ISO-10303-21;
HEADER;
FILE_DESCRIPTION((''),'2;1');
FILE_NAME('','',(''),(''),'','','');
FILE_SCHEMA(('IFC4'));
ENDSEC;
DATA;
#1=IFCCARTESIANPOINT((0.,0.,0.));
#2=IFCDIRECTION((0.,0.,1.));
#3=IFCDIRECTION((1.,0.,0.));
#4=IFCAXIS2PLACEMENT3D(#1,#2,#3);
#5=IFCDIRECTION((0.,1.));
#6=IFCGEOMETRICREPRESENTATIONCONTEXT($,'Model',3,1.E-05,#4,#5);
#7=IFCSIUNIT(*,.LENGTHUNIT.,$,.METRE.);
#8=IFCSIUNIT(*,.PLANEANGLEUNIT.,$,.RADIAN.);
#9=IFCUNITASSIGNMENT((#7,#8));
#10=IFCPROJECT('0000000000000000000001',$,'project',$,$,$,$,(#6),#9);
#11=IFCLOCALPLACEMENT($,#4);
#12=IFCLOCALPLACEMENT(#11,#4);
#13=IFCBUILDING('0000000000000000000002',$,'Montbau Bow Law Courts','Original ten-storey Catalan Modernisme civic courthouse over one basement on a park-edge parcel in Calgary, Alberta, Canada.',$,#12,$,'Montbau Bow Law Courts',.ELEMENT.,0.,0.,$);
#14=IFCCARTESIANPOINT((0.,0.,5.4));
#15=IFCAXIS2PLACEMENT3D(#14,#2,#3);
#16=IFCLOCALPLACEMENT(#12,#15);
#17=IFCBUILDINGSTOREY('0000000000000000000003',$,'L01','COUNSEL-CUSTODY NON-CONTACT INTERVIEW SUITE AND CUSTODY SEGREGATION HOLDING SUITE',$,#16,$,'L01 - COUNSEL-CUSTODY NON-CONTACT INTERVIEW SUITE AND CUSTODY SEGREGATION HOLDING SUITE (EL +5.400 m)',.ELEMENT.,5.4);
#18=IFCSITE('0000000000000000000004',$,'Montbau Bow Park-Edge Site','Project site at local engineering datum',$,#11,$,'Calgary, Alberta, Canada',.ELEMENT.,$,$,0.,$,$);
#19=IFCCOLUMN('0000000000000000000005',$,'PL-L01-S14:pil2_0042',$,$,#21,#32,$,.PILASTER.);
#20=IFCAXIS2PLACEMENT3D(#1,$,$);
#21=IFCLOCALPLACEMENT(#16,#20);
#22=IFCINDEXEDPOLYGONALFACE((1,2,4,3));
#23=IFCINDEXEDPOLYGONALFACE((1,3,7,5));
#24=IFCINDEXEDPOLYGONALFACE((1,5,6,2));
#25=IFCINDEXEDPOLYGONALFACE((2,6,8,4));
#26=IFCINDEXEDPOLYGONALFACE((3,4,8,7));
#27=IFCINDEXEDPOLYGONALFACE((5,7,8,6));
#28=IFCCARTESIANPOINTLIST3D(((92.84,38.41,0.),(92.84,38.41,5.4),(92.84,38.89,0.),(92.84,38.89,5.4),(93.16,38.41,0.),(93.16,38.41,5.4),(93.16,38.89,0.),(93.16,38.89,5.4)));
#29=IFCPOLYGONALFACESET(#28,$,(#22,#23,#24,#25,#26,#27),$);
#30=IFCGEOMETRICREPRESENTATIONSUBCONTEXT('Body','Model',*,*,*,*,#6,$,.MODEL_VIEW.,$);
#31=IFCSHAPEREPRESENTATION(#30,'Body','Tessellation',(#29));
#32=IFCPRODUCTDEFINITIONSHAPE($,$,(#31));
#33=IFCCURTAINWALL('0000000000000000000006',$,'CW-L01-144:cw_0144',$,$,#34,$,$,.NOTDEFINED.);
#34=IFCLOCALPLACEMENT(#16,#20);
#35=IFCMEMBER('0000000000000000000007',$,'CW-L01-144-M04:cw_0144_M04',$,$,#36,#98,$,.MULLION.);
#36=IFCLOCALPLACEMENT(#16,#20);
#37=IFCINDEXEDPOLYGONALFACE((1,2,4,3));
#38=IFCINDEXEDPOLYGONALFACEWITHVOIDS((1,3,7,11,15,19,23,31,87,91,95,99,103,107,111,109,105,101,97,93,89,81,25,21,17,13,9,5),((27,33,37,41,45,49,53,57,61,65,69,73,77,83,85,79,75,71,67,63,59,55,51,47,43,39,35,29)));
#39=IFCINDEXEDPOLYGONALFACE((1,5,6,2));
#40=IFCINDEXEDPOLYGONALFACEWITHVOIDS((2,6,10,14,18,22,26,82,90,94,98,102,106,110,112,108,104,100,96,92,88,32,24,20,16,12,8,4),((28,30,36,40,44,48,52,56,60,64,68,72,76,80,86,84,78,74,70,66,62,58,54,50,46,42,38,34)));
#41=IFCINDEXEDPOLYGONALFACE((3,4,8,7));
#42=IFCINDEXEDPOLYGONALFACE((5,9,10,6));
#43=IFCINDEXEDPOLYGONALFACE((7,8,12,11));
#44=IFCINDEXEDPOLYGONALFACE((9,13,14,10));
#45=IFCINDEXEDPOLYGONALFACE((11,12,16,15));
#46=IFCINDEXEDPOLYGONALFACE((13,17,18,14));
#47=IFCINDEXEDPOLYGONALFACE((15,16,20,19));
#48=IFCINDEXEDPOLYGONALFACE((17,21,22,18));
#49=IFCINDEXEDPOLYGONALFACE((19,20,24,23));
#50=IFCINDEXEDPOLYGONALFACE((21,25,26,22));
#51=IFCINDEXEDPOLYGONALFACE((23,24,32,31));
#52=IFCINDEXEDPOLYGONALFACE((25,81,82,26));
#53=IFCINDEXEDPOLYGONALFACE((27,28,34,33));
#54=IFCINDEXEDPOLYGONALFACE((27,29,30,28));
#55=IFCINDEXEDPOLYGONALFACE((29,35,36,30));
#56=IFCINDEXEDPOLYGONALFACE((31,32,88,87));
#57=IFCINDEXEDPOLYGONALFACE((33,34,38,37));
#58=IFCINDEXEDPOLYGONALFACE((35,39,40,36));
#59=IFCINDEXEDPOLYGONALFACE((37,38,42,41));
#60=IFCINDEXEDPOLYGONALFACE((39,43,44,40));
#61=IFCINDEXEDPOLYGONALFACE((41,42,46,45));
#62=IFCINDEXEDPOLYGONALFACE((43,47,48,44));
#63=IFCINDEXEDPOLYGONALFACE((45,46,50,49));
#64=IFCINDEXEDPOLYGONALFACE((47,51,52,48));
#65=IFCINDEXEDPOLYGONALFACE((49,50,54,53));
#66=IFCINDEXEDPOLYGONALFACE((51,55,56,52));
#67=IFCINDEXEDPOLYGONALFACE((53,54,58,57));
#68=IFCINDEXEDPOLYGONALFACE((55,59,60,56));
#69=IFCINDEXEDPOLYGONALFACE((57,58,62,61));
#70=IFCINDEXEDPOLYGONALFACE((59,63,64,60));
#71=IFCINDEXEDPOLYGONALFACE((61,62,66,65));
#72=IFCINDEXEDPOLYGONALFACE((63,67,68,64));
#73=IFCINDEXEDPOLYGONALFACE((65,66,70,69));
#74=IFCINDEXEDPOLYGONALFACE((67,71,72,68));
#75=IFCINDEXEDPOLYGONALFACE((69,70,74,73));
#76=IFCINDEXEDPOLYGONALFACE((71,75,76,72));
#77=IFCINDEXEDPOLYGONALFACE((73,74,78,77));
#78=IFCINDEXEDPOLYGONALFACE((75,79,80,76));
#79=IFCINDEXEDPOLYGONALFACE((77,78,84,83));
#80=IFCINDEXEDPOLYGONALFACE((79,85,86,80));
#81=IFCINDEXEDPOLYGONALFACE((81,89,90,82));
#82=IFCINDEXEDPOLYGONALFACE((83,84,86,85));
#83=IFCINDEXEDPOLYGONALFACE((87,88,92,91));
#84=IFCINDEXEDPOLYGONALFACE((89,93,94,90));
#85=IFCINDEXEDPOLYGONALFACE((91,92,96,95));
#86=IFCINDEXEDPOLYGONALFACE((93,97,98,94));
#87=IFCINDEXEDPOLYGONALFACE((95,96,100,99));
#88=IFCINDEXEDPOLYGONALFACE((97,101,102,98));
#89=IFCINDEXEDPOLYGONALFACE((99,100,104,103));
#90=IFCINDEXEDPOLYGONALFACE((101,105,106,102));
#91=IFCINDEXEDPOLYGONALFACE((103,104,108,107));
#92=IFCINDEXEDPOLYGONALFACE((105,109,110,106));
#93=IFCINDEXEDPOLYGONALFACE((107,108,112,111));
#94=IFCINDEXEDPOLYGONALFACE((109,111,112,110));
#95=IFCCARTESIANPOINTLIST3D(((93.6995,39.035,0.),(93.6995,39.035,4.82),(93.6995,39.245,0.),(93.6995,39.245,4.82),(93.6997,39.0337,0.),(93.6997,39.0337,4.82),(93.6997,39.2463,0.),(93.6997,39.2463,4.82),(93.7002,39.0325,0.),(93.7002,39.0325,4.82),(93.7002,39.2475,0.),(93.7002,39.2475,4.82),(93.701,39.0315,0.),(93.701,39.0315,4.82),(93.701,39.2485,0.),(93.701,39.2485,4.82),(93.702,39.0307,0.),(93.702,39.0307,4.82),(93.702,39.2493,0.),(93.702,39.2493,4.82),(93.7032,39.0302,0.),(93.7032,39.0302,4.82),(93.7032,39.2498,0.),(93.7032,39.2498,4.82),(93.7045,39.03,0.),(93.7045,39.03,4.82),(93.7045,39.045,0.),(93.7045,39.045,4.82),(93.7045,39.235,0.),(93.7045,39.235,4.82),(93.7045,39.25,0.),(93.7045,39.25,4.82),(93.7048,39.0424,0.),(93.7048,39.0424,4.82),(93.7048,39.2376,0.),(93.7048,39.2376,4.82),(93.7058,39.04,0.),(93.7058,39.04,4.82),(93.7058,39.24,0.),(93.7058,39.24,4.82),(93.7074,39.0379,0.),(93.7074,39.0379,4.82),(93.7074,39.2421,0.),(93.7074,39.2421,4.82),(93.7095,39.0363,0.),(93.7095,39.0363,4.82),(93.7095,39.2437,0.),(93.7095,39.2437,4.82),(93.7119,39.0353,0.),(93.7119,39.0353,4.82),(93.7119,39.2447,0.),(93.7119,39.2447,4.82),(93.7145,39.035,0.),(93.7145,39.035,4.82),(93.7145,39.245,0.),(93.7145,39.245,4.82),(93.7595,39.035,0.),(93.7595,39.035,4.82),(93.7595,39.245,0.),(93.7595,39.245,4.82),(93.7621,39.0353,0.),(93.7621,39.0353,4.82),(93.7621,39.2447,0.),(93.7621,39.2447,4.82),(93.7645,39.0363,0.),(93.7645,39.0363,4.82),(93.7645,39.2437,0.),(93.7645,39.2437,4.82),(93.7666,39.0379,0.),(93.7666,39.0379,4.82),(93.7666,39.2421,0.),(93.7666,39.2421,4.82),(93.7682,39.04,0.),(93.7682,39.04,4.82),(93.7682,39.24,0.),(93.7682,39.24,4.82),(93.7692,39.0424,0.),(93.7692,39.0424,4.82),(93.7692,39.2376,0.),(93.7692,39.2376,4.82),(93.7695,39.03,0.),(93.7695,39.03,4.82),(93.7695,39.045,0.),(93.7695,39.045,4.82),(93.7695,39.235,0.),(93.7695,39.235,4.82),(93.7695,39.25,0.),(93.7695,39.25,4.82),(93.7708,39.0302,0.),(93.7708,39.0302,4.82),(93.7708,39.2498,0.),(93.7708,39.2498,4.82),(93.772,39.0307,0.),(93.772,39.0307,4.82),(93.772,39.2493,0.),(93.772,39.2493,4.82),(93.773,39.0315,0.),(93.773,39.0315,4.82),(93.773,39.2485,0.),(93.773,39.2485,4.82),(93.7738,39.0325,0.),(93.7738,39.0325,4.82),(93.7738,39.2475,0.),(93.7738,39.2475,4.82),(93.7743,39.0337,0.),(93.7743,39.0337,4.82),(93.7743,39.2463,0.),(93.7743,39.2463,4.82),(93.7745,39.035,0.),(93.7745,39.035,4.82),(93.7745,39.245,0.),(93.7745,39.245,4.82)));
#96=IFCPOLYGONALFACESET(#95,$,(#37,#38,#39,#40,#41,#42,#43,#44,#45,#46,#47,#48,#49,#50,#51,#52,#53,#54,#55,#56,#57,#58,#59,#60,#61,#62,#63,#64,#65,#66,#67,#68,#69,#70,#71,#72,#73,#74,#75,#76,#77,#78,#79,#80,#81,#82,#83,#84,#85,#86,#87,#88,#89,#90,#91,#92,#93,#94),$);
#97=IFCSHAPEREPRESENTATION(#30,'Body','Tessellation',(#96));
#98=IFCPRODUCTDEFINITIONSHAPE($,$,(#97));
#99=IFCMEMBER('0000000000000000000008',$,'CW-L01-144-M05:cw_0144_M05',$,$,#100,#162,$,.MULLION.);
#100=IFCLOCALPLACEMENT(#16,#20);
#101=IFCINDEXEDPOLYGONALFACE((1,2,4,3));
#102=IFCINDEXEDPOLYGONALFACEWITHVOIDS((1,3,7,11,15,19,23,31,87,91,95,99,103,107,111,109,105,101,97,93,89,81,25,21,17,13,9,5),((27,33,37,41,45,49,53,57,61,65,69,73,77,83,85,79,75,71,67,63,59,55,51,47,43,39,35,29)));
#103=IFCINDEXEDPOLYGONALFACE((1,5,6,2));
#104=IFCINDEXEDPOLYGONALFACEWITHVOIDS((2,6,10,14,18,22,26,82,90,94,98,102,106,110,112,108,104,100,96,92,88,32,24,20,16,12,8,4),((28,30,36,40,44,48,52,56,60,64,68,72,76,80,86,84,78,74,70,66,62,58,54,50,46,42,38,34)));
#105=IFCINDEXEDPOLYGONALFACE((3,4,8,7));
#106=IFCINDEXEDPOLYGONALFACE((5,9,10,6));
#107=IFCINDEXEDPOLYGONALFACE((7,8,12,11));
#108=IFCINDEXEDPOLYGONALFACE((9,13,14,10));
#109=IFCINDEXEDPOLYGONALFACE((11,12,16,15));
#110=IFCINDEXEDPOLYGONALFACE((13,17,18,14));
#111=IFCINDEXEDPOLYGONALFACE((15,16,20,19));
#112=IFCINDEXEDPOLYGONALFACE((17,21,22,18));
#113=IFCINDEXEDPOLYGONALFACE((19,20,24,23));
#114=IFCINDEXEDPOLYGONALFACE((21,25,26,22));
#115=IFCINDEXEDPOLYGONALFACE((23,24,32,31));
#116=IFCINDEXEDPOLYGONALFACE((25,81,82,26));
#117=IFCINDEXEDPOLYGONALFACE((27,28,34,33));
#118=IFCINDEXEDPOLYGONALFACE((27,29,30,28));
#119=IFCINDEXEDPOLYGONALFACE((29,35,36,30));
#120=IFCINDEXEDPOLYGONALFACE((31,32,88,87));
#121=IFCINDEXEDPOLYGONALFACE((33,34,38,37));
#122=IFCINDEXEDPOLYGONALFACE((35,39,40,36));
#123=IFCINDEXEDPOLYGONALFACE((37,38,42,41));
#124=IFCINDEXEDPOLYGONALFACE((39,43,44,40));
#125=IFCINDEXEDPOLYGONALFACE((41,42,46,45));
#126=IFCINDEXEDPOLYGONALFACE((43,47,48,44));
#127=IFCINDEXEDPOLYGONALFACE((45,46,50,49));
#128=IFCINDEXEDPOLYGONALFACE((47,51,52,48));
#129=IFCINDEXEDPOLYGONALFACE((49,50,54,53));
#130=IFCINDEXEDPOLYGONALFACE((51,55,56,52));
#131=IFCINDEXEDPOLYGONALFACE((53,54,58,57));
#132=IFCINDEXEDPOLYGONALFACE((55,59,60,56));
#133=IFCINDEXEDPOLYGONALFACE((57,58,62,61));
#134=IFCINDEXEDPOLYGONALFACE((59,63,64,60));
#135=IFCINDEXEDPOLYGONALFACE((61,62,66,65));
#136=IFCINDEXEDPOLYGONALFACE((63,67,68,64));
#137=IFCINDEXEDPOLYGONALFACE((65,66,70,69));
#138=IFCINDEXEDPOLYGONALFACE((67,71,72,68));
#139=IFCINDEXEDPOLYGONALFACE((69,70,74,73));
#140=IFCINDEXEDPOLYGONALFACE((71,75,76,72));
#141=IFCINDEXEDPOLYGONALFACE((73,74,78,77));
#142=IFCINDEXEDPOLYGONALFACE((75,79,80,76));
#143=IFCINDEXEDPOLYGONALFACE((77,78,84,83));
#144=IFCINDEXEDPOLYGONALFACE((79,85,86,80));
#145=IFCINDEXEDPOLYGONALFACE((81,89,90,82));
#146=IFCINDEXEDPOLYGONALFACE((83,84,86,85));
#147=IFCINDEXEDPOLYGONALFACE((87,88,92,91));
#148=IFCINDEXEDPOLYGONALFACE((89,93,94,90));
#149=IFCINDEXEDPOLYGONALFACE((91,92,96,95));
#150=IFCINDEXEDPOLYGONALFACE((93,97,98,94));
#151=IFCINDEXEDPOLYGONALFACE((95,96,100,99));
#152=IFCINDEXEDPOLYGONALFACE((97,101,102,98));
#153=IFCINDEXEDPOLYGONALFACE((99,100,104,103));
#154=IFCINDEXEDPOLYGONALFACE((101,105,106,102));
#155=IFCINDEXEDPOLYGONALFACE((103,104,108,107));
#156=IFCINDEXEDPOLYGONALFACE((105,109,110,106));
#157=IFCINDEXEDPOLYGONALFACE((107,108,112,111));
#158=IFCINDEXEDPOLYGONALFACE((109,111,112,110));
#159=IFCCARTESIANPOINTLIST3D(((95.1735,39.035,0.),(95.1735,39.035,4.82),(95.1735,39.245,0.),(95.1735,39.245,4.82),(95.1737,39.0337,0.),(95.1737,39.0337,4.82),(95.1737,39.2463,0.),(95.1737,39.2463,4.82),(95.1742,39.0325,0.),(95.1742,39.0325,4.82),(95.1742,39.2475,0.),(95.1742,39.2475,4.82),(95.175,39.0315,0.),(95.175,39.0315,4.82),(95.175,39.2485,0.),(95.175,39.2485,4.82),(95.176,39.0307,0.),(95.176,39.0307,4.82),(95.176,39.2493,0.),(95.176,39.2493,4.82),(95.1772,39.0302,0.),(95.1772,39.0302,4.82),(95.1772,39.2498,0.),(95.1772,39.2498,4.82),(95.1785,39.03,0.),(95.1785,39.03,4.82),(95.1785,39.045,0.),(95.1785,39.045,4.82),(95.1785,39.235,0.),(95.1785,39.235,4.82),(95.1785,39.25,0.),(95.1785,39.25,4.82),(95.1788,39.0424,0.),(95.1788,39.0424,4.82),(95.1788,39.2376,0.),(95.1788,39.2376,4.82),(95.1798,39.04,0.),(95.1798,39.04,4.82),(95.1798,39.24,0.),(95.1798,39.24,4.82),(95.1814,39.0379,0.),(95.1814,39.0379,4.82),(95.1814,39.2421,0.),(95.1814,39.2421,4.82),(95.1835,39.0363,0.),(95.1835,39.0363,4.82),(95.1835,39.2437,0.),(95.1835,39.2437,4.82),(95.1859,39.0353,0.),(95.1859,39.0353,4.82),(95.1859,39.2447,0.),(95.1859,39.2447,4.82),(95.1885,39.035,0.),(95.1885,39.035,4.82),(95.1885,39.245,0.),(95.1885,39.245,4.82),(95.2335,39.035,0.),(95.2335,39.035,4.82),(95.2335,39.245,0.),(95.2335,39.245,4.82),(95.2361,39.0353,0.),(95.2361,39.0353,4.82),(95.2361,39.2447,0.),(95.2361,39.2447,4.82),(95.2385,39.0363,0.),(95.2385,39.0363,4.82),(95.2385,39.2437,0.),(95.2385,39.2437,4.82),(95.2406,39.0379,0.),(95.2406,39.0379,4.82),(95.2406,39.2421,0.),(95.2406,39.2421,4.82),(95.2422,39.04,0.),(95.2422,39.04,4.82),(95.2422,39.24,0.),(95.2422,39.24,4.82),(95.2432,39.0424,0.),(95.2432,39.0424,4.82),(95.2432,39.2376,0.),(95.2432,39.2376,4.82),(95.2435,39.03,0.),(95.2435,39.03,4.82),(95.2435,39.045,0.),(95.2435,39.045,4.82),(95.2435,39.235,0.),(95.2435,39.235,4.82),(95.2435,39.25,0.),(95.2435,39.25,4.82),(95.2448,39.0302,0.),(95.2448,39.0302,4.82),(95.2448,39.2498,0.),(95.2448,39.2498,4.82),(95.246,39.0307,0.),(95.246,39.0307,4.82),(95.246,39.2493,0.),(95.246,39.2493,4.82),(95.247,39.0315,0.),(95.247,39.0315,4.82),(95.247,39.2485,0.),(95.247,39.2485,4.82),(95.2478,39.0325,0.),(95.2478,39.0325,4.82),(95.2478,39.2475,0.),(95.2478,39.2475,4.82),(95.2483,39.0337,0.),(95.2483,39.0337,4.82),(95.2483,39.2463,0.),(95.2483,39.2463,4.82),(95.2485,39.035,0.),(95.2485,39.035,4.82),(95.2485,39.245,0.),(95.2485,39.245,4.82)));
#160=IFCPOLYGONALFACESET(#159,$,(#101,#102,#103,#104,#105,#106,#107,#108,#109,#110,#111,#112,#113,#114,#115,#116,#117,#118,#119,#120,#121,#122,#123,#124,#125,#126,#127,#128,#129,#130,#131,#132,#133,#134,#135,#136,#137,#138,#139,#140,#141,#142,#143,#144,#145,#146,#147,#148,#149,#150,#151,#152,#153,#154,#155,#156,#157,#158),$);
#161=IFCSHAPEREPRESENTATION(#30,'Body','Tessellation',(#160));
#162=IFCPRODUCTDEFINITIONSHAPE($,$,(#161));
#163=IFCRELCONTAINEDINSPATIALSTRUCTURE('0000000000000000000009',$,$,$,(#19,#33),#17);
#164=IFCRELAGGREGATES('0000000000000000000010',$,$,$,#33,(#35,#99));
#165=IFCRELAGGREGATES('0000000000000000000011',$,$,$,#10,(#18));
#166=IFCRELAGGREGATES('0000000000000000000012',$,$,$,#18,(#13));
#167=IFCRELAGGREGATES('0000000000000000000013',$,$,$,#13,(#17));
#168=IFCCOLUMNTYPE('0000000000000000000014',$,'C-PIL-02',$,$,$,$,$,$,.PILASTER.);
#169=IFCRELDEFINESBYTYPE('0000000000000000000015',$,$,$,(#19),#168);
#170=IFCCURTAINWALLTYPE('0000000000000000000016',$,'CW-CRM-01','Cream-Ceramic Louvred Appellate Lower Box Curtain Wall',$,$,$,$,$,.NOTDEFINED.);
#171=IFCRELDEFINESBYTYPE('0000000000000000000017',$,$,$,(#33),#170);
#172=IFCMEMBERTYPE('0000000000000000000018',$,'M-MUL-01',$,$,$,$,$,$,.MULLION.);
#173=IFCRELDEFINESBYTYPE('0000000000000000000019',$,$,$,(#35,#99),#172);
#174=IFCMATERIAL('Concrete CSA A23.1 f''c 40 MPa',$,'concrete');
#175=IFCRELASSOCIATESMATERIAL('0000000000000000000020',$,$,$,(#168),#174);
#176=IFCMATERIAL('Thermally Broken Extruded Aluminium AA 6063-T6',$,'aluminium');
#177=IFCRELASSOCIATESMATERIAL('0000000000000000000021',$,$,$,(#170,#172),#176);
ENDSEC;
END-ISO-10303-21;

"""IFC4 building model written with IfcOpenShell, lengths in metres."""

from ifc_helpers import new_model, si_unit, direction, frame, origin_with_axes, origin_2d_with_axis, place, context, subcontext, project, spatial, rectangle, hollow_rectangle, extrude, material, material_profile, profile_set, type_object, element, aggregate, save


model = new_model("IFC4")

# Units and contexts
model_context = context("Model", 3, precision=1e-05, world=origin_with_axes(), true_north=direction((0.0, 1.0)))
body_context = subcontext(model_context, "Body", "Model", "MODEL_VIEW")
ifc_project = project(units=[si_unit("LENGTHUNIT", "METRE"), si_unit("PLANEANGLEUNIT", "RADIAN")], contexts=[model_context])

# Site, building, storey
site_placement = place(None, origin_with_axes())
site = spatial("IfcSite", under=ifc_project, at=site_placement, Name="Montbau Bow Park-Edge Site", Description="Project site at local engineering datum", LongName="Calgary, Alberta, Canada", CompositionType="ELEMENT", RefElevation=0.0)
building_placement = place(site_placement, origin_with_axes())
building = spatial("IfcBuilding", under=site, at=building_placement, Name="Montbau Bow Law Courts", Description="Original ten-storey Catalan Modernisme civic courthouse over one basement on a park-edge parcel in Calgary, Alberta, Canada.", LongName="Montbau Bow Law Courts", CompositionType="ELEMENT", ElevationOfRefHeight=0.0, ElevationOfTerrain=0.0)
storey_placement = place(building_placement, frame((0.0, 0.0, 5.4), z_axis=(0.0, 0.0, 1.0), x_axis=(1.0, 0.0, 0.0)))
storey = spatial("IfcBuildingStorey", under=building, at=storey_placement, Name="L01", Description="COUNSEL-CUSTODY NON-CONTACT INTERVIEW SUITE AND CUSTODY SEGREGATION HOLDING SUITE", LongName="L01 - COUNSEL-CUSTODY NON-CONTACT INTERVIEW SUITE AND CUSTODY SEGREGATION HOLDING SUITE (EL +5.400 m)", CompositionType="ELEMENT", Elevation=5.4)

# Column
ifc_material_1 = material(Name="Concrete CSA A23.1 f'c 40 MPa", Category="concrete")
ifc_material_profile_1 = material_profile(ifc_material_1, rectangle(XDim=0.32, YDim=0.48, at=origin_2d_with_axis()), Name="RC480X320", Category="Main", Priority=0)
ifc_profile_set_1 = profile_set([ifc_material_profile_1], Name="Concrete CSA A23.1 f'c 40 MPa")
column_type = type_object("IfcColumnType", Name="C-PIL-02", PredefinedType="PILASTER", material=ifc_profile_set_1)
column_placement = place(None, frame((93.0, 38.65, 5.4), z_axis=(0.0, 0.0, 1.0), x_axis=(1.0, 0.0, 0.0)))
element("IfcColumn", 1, at=column_placement, inside=storey, type_object=column_type, Name="PL-L01-S14:pil2_0042", PredefinedType="PILASTER", context=body_context, shape_type="SweptSolid", body=[
    extrude(rectangle(XDim=0.32, YDim=0.48, at=origin_2d_with_axis()), origin_with_axes(), (0.0, 0.0, 1.0), 5.4),
])

# Curtain wall, members
ifc_material_2 = material(Name="Thermally Broken Extruded Aluminium AA 6063-T6", Category="aluminium")
curtain_wall_type = type_object("IfcCurtainWallType", Name="CW-CRM-01", Description="Cream-Ceramic Louvred Appellate Lower Box Curtain Wall", PredefinedType="NOTDEFINED", material=ifc_material_2)
curtain_wall_placement = place(None, frame((89.315, 39.14, 5.4), z_axis=(0.0, 0.0, 1.0), x_axis=(1.0, 0.0, 0.0)))
curtain_wall = element("IfcCurtainWall", 2, at=curtain_wall_placement, inside=storey, type_object=curtain_wall_type, Name="CW-L01-144:cw_0144", PredefinedType="NOTDEFINED")
ifc_material_profile_2 = material_profile(ifc_material_2, hollow_rectangle(XDim=0.075, YDim=0.22, WallThickness=0.005, InnerFilletRadius=0.01, OuterFilletRadius=0.005, at=origin_2d_with_axis()), Name="CWM-220X75", Category="Main", Priority=0)
ifc_profile_set_2 = profile_set([ifc_material_profile_2], Name="Thermally Broken Extruded Aluminium AA 6063-T6")
member_type_1 = type_object("IfcMemberType", Name="M-MUL-01", PredefinedType="MULLION", material=ifc_profile_set_2)
member_1_placement = place(None, frame((93.737, 39.14, 5.4), z_axis=(0.0, 0.0, 1.0), x_axis=(1.0, 0.0, 0.0)))
member_1 = element("IfcMember", 3, at=member_1_placement, type_object=member_type_1, Name="CW-L01-144-M04:cw_0144_M04", PredefinedType="MULLION", context=body_context, shape_type="SweptSolid", body=[
    extrude(hollow_rectangle(XDim=0.075, YDim=0.22, WallThickness=0.005, InnerFilletRadius=0.01, OuterFilletRadius=0.005, at=origin_2d_with_axis()), origin_with_axes(), (0.0, 0.0, 1.0), 4.82),
])
member_2_placement = place(None, frame((95.211, 39.14, 5.4), z_axis=(0.0, 0.0, 1.0), x_axis=(1.0, 0.0, 0.0)))
member_2 = element("IfcMember", 4, at=member_2_placement, type_object=member_type_1, Name="CW-L01-144-M05:cw_0144_M05", PredefinedType="MULLION", context=body_context, shape_type="SweptSolid", body=[
    extrude(hollow_rectangle(XDim=0.075, YDim=0.22, WallThickness=0.005, InnerFilletRadius=0.01, OuterFilletRadius=0.005, at=origin_2d_with_axis()), origin_with_axes(), (0.0, 0.0, 1.0), 4.82),
])
aggregate(curtain_wall, [member_1, member_2])

save(model, "model.ifc")
